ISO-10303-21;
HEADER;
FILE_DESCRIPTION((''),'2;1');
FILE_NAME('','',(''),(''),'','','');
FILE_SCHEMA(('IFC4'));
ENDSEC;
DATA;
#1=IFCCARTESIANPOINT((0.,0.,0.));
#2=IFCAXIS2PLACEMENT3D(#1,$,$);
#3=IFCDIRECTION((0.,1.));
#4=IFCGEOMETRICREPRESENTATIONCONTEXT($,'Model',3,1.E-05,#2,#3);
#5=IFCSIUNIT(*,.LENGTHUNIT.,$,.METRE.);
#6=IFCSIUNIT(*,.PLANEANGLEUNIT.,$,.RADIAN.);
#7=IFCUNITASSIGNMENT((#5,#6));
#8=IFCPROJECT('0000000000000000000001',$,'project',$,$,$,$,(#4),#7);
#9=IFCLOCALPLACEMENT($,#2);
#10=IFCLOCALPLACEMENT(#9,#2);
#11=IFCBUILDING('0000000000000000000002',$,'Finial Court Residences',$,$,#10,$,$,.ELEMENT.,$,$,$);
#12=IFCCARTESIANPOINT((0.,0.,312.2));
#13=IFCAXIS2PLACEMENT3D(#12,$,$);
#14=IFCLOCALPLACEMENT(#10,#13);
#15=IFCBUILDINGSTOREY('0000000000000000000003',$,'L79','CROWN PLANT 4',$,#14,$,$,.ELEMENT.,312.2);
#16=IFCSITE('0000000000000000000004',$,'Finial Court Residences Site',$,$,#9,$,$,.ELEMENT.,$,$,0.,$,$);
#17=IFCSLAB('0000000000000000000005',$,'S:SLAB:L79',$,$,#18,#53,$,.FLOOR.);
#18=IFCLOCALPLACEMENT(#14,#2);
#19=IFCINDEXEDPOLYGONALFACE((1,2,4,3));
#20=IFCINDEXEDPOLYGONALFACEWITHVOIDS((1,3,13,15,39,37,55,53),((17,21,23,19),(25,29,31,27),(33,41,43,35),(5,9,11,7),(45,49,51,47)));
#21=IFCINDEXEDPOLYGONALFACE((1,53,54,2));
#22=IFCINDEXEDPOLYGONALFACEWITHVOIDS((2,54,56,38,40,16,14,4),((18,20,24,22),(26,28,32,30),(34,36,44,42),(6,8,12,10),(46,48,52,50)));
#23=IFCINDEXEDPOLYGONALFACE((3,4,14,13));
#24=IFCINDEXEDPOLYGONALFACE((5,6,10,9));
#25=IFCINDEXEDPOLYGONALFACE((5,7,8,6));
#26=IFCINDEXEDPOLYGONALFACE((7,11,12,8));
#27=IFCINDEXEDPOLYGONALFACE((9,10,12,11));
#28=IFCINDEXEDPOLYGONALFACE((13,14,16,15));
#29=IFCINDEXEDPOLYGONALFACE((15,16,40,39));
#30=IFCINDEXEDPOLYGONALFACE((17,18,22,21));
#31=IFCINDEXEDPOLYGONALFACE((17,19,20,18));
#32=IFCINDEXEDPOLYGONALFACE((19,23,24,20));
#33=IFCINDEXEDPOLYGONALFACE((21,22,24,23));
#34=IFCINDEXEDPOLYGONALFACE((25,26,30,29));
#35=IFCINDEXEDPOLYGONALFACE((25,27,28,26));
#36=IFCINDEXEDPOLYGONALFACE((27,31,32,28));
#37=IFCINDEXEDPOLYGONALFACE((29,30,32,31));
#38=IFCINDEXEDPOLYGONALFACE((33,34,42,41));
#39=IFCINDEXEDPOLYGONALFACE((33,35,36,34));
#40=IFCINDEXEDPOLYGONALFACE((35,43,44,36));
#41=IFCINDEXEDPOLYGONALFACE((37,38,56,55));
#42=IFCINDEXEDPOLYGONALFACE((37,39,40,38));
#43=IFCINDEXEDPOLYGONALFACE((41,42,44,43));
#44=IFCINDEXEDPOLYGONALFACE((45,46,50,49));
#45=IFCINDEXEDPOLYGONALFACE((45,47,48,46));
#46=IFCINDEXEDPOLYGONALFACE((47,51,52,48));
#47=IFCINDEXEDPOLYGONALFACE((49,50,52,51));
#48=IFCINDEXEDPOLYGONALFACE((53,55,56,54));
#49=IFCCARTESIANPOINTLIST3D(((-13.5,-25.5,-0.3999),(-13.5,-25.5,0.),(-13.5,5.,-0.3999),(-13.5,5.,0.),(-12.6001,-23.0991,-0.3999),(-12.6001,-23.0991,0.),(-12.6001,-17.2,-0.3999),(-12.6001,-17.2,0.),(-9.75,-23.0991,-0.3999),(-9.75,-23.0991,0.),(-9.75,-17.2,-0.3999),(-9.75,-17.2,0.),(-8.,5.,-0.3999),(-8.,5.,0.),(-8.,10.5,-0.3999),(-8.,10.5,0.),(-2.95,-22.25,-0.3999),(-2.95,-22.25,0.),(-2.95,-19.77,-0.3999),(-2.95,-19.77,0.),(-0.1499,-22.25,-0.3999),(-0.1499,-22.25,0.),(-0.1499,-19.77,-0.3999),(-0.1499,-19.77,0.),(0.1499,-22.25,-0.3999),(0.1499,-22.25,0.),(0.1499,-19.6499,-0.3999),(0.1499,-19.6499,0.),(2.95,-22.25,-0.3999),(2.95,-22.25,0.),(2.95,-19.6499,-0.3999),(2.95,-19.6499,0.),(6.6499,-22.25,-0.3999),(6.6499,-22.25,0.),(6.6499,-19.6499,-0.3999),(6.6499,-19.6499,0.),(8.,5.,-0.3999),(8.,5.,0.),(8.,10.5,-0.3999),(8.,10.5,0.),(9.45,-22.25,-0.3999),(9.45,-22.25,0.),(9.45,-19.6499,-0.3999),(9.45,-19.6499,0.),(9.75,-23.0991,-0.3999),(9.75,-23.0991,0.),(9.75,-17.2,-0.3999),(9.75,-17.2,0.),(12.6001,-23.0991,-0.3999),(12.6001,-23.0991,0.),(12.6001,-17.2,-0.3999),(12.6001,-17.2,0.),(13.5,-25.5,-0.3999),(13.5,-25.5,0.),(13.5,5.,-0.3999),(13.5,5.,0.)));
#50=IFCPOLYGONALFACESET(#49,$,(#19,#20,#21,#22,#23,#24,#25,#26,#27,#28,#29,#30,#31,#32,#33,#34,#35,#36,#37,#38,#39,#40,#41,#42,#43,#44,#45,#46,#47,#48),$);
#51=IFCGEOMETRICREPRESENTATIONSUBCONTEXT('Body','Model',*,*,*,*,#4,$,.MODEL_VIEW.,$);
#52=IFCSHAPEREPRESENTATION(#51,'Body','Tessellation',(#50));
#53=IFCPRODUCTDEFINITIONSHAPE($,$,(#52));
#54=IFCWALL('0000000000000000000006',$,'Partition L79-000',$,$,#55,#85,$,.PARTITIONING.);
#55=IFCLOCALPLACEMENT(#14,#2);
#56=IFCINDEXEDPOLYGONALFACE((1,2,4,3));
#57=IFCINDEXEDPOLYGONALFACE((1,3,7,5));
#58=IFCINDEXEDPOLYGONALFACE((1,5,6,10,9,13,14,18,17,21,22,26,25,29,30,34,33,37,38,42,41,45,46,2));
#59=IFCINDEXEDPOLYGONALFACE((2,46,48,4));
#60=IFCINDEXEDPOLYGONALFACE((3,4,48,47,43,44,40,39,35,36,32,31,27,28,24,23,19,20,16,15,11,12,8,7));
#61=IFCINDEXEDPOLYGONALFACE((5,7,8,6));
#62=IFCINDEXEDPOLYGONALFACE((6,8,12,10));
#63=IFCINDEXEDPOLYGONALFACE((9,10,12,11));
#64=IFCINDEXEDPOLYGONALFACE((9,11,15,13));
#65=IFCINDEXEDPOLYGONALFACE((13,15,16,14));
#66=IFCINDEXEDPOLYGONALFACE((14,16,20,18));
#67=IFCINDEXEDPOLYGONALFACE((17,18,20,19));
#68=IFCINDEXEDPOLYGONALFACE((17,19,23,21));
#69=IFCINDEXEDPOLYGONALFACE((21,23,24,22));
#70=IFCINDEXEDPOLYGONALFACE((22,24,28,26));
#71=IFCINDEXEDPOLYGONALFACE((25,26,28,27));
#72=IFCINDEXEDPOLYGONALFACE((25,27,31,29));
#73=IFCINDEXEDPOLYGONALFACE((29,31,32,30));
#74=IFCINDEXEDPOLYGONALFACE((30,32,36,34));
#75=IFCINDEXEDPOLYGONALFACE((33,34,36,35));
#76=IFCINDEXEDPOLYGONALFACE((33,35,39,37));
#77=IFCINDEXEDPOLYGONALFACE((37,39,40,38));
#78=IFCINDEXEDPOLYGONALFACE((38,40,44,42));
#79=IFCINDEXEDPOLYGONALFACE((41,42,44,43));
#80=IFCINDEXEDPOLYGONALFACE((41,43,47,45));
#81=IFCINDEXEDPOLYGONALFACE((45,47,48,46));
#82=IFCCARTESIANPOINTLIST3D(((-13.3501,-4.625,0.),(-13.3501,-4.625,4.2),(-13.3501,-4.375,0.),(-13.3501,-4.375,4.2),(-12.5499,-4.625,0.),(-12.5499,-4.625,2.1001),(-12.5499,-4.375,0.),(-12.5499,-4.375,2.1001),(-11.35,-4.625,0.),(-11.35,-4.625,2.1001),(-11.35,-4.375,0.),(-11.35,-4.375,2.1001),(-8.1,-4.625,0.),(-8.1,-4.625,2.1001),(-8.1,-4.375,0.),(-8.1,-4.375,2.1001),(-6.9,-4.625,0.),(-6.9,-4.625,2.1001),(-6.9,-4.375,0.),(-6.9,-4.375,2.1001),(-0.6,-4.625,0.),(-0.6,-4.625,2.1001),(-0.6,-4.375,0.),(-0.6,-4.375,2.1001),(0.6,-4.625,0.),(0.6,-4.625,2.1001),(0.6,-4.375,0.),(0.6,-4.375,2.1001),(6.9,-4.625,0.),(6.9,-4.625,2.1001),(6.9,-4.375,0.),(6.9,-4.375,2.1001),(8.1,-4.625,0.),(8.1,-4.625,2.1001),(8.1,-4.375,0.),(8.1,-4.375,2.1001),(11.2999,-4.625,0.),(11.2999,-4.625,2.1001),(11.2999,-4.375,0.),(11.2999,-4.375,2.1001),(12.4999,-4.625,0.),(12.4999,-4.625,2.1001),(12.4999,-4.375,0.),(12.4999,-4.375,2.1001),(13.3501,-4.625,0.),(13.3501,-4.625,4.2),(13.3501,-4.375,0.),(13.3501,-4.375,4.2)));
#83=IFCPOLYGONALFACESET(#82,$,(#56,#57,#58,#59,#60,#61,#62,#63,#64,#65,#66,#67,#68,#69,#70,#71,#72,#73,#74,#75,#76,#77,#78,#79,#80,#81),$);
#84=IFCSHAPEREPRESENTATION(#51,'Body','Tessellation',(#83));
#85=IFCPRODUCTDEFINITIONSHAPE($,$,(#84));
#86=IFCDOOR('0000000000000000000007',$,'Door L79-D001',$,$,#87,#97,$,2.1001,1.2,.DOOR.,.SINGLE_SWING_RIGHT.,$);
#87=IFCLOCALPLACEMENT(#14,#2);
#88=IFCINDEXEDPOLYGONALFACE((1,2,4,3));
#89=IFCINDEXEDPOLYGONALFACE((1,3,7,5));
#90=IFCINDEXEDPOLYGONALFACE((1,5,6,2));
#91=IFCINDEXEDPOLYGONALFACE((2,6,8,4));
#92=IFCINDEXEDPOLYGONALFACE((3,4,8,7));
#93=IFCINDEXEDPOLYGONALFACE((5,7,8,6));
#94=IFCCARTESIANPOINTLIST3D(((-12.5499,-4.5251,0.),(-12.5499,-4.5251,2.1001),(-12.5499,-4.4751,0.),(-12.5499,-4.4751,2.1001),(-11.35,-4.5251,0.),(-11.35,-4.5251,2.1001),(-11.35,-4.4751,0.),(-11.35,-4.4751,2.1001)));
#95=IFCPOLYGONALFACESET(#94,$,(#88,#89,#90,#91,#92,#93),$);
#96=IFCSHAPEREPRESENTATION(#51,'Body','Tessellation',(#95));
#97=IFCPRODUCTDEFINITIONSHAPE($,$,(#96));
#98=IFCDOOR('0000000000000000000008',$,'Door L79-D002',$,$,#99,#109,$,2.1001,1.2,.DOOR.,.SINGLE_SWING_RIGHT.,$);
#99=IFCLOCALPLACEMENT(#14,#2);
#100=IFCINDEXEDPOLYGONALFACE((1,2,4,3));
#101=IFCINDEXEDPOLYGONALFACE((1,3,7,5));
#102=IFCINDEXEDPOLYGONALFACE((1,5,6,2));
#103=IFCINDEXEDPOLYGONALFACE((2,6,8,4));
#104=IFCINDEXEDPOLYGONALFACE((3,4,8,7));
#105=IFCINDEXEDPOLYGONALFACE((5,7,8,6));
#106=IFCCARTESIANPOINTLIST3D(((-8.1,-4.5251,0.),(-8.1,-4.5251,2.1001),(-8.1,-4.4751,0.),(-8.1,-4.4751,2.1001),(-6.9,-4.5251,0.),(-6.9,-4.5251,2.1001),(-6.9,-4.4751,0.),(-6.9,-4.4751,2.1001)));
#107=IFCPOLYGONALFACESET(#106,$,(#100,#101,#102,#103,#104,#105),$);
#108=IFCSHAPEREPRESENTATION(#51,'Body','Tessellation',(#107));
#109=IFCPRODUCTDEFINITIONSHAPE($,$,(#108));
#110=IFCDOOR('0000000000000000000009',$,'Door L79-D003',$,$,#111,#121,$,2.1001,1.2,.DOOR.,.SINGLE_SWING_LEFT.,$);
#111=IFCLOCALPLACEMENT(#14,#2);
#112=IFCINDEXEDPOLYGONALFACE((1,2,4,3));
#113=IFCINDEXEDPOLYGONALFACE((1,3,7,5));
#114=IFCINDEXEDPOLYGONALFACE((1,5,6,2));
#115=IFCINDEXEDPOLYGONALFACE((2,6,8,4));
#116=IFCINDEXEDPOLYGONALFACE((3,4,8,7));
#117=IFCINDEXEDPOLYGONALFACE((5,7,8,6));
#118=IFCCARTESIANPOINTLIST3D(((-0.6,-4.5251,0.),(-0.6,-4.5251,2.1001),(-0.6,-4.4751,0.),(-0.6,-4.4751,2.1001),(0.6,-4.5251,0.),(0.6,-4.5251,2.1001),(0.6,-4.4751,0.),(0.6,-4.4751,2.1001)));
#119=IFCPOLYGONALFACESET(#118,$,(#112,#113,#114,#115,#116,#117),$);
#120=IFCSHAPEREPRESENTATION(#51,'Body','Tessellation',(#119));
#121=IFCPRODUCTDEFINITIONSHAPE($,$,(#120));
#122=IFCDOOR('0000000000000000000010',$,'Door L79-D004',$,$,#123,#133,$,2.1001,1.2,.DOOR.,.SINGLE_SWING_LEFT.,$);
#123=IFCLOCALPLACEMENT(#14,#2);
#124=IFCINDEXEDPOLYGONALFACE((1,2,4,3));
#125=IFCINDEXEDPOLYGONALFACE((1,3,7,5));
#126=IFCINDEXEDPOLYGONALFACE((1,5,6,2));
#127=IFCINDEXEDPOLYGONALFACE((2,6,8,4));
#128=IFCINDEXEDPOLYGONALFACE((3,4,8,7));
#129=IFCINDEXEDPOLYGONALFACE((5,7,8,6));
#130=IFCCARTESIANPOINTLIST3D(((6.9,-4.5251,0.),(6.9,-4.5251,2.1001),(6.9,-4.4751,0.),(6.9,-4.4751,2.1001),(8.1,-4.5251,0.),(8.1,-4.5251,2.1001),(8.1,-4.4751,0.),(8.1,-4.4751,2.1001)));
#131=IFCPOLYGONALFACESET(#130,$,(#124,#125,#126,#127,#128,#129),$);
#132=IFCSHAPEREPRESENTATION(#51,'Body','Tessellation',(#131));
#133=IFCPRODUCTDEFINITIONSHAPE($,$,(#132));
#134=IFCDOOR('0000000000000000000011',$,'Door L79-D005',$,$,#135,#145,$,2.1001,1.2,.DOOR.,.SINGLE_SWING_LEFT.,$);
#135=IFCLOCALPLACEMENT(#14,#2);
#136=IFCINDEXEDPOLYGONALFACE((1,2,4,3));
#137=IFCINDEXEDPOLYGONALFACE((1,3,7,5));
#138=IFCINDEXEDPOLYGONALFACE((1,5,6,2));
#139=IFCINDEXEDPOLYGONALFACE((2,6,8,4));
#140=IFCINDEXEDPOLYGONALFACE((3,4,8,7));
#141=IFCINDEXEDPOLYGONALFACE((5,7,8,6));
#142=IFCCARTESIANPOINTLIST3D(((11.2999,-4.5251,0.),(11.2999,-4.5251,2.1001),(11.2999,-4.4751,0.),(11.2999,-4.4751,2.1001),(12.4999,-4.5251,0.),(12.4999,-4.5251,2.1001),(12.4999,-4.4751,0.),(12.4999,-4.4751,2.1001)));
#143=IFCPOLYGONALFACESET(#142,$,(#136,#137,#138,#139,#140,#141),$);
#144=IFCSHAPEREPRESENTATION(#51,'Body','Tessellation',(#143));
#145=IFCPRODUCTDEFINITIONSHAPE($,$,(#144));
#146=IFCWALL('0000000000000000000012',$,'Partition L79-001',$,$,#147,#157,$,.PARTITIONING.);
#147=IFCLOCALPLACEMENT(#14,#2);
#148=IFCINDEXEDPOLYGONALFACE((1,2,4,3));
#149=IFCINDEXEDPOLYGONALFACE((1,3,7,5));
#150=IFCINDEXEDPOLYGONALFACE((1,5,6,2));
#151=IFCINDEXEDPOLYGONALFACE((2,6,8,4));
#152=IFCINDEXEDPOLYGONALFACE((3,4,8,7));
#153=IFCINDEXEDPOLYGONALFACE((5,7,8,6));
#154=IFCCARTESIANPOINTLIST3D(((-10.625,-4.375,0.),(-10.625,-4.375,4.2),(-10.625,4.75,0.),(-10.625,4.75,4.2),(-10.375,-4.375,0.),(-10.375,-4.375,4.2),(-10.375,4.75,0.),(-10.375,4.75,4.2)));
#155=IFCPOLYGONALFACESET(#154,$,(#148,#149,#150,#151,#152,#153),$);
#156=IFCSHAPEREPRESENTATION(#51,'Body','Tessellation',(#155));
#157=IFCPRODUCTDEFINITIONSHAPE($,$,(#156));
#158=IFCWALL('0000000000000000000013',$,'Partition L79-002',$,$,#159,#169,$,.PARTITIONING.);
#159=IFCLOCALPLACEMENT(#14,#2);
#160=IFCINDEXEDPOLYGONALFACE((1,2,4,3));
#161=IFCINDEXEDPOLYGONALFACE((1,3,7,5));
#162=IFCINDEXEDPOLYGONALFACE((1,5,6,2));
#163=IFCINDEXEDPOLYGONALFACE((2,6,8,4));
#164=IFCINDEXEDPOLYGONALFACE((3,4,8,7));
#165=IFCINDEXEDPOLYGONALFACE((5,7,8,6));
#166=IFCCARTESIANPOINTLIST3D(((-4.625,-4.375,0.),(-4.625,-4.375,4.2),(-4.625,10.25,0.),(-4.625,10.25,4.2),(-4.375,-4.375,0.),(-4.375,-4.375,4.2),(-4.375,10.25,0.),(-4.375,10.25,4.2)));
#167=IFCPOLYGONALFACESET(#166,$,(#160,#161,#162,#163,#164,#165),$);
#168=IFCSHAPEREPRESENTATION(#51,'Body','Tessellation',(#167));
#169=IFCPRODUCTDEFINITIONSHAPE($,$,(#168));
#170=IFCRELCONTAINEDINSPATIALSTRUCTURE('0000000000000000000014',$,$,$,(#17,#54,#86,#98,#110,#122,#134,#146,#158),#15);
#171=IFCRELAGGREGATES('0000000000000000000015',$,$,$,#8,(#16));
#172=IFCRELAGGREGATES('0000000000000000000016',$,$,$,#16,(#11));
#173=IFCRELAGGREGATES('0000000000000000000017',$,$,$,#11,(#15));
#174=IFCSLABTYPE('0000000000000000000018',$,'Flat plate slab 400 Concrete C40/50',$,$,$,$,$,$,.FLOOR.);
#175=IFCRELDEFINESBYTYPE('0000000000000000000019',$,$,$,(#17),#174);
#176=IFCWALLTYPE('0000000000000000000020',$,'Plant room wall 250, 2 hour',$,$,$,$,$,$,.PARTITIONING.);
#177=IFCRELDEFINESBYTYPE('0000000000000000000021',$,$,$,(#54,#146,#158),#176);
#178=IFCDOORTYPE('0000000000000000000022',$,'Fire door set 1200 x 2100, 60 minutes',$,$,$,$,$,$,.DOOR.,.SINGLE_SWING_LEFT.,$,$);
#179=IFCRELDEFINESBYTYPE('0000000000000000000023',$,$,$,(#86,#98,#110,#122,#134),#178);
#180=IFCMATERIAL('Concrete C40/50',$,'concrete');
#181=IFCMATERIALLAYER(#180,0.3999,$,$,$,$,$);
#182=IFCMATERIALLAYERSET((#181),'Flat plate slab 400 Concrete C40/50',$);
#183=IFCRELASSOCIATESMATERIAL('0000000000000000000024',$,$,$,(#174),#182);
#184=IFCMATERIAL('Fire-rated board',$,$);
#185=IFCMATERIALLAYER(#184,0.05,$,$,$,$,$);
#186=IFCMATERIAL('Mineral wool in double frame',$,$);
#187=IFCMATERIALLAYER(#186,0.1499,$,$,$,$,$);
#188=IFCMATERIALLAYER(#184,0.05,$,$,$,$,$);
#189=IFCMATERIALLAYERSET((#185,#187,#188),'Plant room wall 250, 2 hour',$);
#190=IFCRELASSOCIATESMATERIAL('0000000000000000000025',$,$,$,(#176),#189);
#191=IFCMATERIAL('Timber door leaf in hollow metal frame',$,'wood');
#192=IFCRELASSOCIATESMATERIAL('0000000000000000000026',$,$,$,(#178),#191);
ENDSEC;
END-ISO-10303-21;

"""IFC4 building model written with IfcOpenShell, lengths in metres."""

from ifc_helpers import new_model, si_unit, direction, frame, frame_2d, origin, place, context, subcontext, project, spatial, polyline, rectangle, outline, extrude, material, layer, layer_set, type_object, element, fill, save


model = new_model("IFC4")

# Units and contexts
model_context = context("Model", 3, precision=1e-05, world=origin(), true_north=direction((0.0, 1.0)))
body_context = subcontext(model_context, "Body", "Model", "MODEL_VIEW")
ifc_project = project(units=[si_unit("LENGTHUNIT", "METRE"), si_unit("PLANEANGLEUNIT", "RADIAN")], contexts=[model_context])

# Site, building, storey
site_placement = place(None, origin())
site = spatial("IfcSite", under=ifc_project, at=site_placement, Name="Finial Court Residences Site", CompositionType="ELEMENT", RefElevation=0.0)
building_placement = place(site_placement, origin())
building = spatial("IfcBuilding", under=site, at=building_placement, Name="Finial Court Residences", CompositionType="ELEMENT")
storey_placement = place(building_placement, frame((0.0, 0.0, 312.2)))
storey = spatial("IfcBuildingStorey", under=building, at=storey_placement, Name="L79", Description="CROWN PLANT 4", CompositionType="ELEMENT", Elevation=312.2)

# Shared definitions
ifc_material_1 = material(Name="Concrete C40/50", Category="concrete")

# Slab
ifc_layer_1 = layer(ifc_material_1, 0.3999)
ifc_layer_set_1 = layer_set([ifc_layer_1], Name="Flat plate slab 400 Concrete C40/50")
slab_type_1 = type_object("IfcSlabType", Name="Flat plate slab 400 Concrete C40/50", PredefinedType="FLOOR", material=ifc_layer_set_1)
slab_1_placement = place(storey_placement, frame((0.0, 0.0, -0.3999)))
element("IfcSlab", 1, at=slab_1_placement, inside=storey, type_object=slab_type_1, Name="S:SLAB:L79", PredefinedType="FLOOR", context=body_context, shape_type="SweptSolid", body=[
    extrude(outline(polyline([(-13.5, -25.5), (-13.5, 5.0), (-8.0, 5.0), (-8.0, 10.5), (8.0, 10.5), (8.0, 5.0), (13.5, 5.0), (13.5, -25.5), (-13.5, -25.5)]), holes=[polyline([(-2.95, -19.77), (-2.95, -22.25), (-0.1499, -22.25), (-0.1499, -19.77), (-2.95, -19.77)]), polyline([(0.1499, -19.6499), (0.1499, -22.25), (2.95, -22.25), (2.95, -19.6499), (0.1499, -19.6499)]), polyline([(6.6499, -19.6499), (6.6499, -22.25), (9.45, -22.25), (9.45, -19.6499), (6.6499, -19.6499)]), polyline([(-12.6001, -17.2), (-12.6001, -23.0991), (-9.75, -23.0991), (-9.75, -17.2), (-12.6001, -17.2)]), polyline([(9.75, -17.2), (9.75, -23.0991), (12.6001, -23.0991), (12.6001, -17.2), (9.75, -17.2)])]), origin(), (0.0, 0.0, 1.0), 0.3999),
])

# Wall, openings, doors
ifc_material_2 = material(Name="Fire-rated board")
ifc_layer_2 = layer(ifc_material_2, 0.05)
ifc_material_3 = material(Name="Mineral wool in double frame")
ifc_layer_3 = layer(ifc_material_3, 0.1499)
ifc_layer_4 = layer(ifc_material_2, 0.05)
ifc_layer_set_2 = layer_set([ifc_layer_2, ifc_layer_3, ifc_layer_4], Name="Plant room wall 250, 2 hour")
wall_type_1 = type_object("IfcWallType", Name="Plant room wall 250, 2 hour", PredefinedType="PARTITIONING", material=ifc_layer_set_2)
wall_1_placement = place(storey_placement, frame((-13.3501, -4.5, 0.0), z_axis=(0.0, 0.0, 1.0), x_axis=(1.0, 0.0, 0.0)))
wall_1 = element("IfcWall", 2, at=wall_1_placement, inside=storey, type_object=wall_type_1, Name="Partition L79-000", PredefinedType="PARTITIONING", context=body_context, shape_type="SweptSolid", body=[
    extrude(rectangle(XDim=26.7002, YDim=0.25, at=frame_2d((13.3501, 0.0))), origin(), (0.0, 0.0, 1.0), 4.2),
])
opening_1_placement = place(wall_1_placement, frame((0.8, 0.0, 0.0)))
opening_1 = element("IfcOpeningElement", 3, at=opening_1_placement, cuts=wall_1, PredefinedType="OPENING", context=body_context, shape_type="SweptSolid", body=[
    extrude(rectangle(XDim=1.2, YDim=2.1001, at=frame_2d((0.6001, 1.05))), frame((0.0, 0.135, 0.0), z_axis=(0.0, -1.0, 0.0), x_axis=(1.0, 0.0, 0.0)), (0.0, 0.0, 1.0), 0.27),
])
opening_2_placement = place(wall_1_placement, frame((5.25, 0.0, 0.0)))
opening_2 = element("IfcOpeningElement", 4, at=opening_2_placement, cuts=wall_1, PredefinedType="OPENING", context=body_context, shape_type="SweptSolid", body=[
    extrude(rectangle(XDim=1.2, YDim=2.1001, at=frame_2d((0.6001, 1.05))), frame((0.0, 0.135, 0.0), z_axis=(0.0, -1.0, 0.0), x_axis=(1.0, 0.0, 0.0)), (0.0, 0.0, 1.0), 0.27),
])
opening_3_placement = place(wall_1_placement, frame((12.75, 0.0, 0.0)))
opening_3 = element("IfcOpeningElement", 5, at=opening_3_placement, cuts=wall_1, PredefinedType="OPENING", context=body_context, shape_type="SweptSolid", body=[
    extrude(rectangle(XDim=1.2, YDim=2.1001, at=frame_2d((0.6001, 1.05))), frame((0.0, 0.135, 0.0), z_axis=(0.0, -1.0, 0.0), x_axis=(1.0, 0.0, 0.0)), (0.0, 0.0, 1.0), 0.27),
])
opening_4_placement = place(wall_1_placement, frame((20.25, 0.0, 0.0)))
opening_4 = element("IfcOpeningElement", 6, at=opening_4_placement, cuts=wall_1, PredefinedType="OPENING", context=body_context, shape_type="SweptSolid", body=[
    extrude(rectangle(XDim=1.2, YDim=2.1001, at=frame_2d((0.6001, 1.05))), frame((0.0, 0.135, 0.0), z_axis=(0.0, -1.0, 0.0), x_axis=(1.0, 0.0, 0.0)), (0.0, 0.0, 1.0), 0.27),
])
opening_5_placement = place(wall_1_placement, frame((24.6499, 0.0, 0.0)))
opening_5 = element("IfcOpeningElement", 7, at=opening_5_placement, cuts=wall_1, PredefinedType="OPENING", context=body_context, shape_type="SweptSolid", body=[
    extrude(rectangle(XDim=1.2, YDim=2.1001, at=frame_2d((0.6001, 1.05))), frame((0.0, 0.135, 0.0), z_axis=(0.0, -1.0, 0.0), x_axis=(1.0, 0.0, 0.0)), (0.0, 0.0, 1.0), 0.27),
])
ifc_material_4 = material(Name="Timber door leaf in hollow metal frame", Category="wood")
door_type_1 = type_object("IfcDoorType", Name="Fire door set 1200 x 2100, 60 minutes", OperationType="SINGLE_SWING_LEFT", PredefinedType="DOOR", material=ifc_material_4)
door_1_placement = place(opening_1_placement, origin())
door_1 = element("IfcDoor", 8, at=door_1_placement, inside=storey, type_object=door_type_1, Name="Door L79-D001", OperationType="SINGLE_SWING_RIGHT", OverallHeight=2.1001, OverallWidth=1.2, PredefinedType="DOOR", context=body_context, shape_type="SweptSolid", body=[
    extrude(rectangle(XDim=1.2, YDim=2.1001, at=frame_2d((0.6001, 1.05))), frame((0.0, 0.0249, 0.0), z_axis=(0.0, -1.0, 0.0), x_axis=(1.0, 0.0, 0.0)), (0.0, 0.0, 1.0), 0.05),
])
fill(opening_1, door_1)
door_2_placement = place(opening_2_placement, origin())
door_2 = element("IfcDoor", 9, at=door_2_placement, inside=storey, type_object=door_type_1, Name="Door L79-D002", OperationType="SINGLE_SWING_RIGHT", OverallHeight=2.1001, OverallWidth=1.2, PredefinedType="DOOR", context=body_context, shape_type="SweptSolid", body=[
    extrude(rectangle(XDim=1.2, YDim=2.1001, at=frame_2d((0.6001, 1.05))), frame((0.0, 0.0249, 0.0), z_axis=(0.0, -1.0, 0.0), x_axis=(1.0, 0.0, 0.0)), (0.0, 0.0, 1.0), 0.05),
])
fill(opening_2, door_2)
door_3_placement = place(opening_3_placement, origin())
door_3 = element("IfcDoor", 10, at=door_3_placement, inside=storey, type_object=door_type_1, Name="Door L79-D003", OperationType="SINGLE_SWING_LEFT", OverallHeight=2.1001, OverallWidth=1.2, PredefinedType="DOOR", context=body_context, shape_type="SweptSolid", body=[
    extrude(rectangle(XDim=1.2, YDim=2.1001, at=frame_2d((0.6001, 1.05))), frame((0.0, 0.0249, 0.0), z_axis=(0.0, -1.0, 0.0), x_axis=(1.0, 0.0, 0.0)), (0.0, 0.0, 1.0), 0.05),
])
fill(opening_3, door_3)
door_4_placement = place(opening_4_placement, origin())
door_4 = element("IfcDoor", 11, at=door_4_placement, inside=storey, type_object=door_type_1, Name="Door L79-D004", OperationType="SINGLE_SWING_LEFT", OverallHeight=2.1001, OverallWidth=1.2, PredefinedType="DOOR", context=body_context, shape_type="SweptSolid", body=[
    extrude(rectangle(XDim=1.2, YDim=2.1001, at=frame_2d((0.6001, 1.05))), frame((0.0, 0.0249, 0.0), z_axis=(0.0, -1.0, 0.0), x_axis=(1.0, 0.0, 0.0)), (0.0, 0.0, 1.0), 0.05),
])
fill(opening_4, door_4)
door_5_placement = place(opening_5_placement, origin())
door_5 = element("IfcDoor", 12, at=door_5_placement, inside=storey, type_object=door_type_1, Name="Door L79-D005", OperationType="SINGLE_SWING_LEFT", OverallHeight=2.1001, OverallWidth=1.2, PredefinedType="DOOR", context=body_context, shape_type="SweptSolid", body=[
    extrude(rectangle(XDim=1.2, YDim=2.1001, at=frame_2d((0.6001, 1.05))), frame((0.0, 0.0249, 0.0), z_axis=(0.0, -1.0, 0.0), x_axis=(1.0, 0.0, 0.0)), (0.0, 0.0, 1.0), 0.05),
])
fill(opening_5, door_5)

# Walls
wall_2_placement = place(storey_placement, frame((-10.5, -4.375, 0.0), z_axis=(0.0, 0.0, 1.0), x_axis=(0.0, 1.0, 0.0)))
element("IfcWall", 13, at=wall_2_placement, inside=storey, type_object=wall_type_1, Name="Partition L79-001", PredefinedType="PARTITIONING", context=body_context, shape_type="SweptSolid", body=[
    extrude(rectangle(XDim=9.125, YDim=0.25, at=frame_2d((4.5625, 0.0))), origin(), (0.0, 0.0, 1.0), 4.2),
])
wall_3_placement = place(storey_placement, frame((-4.5, -4.375, 0.0), z_axis=(0.0, 0.0, 1.0), x_axis=(0.0, 1.0, 0.0)))
element("IfcWall", 14, at=wall_3_placement, inside=storey, type_object=wall_type_1, Name="Partition L79-002", PredefinedType="PARTITIONING", context=body_context, shape_type="SweptSolid", body=[
    extrude(rectangle(XDim=14.625, YDim=0.25, at=frame_2d((7.3125, 0.0))), origin(), (0.0, 0.0, 1.0), 4.2),
])

save(model, "model.ifc")
